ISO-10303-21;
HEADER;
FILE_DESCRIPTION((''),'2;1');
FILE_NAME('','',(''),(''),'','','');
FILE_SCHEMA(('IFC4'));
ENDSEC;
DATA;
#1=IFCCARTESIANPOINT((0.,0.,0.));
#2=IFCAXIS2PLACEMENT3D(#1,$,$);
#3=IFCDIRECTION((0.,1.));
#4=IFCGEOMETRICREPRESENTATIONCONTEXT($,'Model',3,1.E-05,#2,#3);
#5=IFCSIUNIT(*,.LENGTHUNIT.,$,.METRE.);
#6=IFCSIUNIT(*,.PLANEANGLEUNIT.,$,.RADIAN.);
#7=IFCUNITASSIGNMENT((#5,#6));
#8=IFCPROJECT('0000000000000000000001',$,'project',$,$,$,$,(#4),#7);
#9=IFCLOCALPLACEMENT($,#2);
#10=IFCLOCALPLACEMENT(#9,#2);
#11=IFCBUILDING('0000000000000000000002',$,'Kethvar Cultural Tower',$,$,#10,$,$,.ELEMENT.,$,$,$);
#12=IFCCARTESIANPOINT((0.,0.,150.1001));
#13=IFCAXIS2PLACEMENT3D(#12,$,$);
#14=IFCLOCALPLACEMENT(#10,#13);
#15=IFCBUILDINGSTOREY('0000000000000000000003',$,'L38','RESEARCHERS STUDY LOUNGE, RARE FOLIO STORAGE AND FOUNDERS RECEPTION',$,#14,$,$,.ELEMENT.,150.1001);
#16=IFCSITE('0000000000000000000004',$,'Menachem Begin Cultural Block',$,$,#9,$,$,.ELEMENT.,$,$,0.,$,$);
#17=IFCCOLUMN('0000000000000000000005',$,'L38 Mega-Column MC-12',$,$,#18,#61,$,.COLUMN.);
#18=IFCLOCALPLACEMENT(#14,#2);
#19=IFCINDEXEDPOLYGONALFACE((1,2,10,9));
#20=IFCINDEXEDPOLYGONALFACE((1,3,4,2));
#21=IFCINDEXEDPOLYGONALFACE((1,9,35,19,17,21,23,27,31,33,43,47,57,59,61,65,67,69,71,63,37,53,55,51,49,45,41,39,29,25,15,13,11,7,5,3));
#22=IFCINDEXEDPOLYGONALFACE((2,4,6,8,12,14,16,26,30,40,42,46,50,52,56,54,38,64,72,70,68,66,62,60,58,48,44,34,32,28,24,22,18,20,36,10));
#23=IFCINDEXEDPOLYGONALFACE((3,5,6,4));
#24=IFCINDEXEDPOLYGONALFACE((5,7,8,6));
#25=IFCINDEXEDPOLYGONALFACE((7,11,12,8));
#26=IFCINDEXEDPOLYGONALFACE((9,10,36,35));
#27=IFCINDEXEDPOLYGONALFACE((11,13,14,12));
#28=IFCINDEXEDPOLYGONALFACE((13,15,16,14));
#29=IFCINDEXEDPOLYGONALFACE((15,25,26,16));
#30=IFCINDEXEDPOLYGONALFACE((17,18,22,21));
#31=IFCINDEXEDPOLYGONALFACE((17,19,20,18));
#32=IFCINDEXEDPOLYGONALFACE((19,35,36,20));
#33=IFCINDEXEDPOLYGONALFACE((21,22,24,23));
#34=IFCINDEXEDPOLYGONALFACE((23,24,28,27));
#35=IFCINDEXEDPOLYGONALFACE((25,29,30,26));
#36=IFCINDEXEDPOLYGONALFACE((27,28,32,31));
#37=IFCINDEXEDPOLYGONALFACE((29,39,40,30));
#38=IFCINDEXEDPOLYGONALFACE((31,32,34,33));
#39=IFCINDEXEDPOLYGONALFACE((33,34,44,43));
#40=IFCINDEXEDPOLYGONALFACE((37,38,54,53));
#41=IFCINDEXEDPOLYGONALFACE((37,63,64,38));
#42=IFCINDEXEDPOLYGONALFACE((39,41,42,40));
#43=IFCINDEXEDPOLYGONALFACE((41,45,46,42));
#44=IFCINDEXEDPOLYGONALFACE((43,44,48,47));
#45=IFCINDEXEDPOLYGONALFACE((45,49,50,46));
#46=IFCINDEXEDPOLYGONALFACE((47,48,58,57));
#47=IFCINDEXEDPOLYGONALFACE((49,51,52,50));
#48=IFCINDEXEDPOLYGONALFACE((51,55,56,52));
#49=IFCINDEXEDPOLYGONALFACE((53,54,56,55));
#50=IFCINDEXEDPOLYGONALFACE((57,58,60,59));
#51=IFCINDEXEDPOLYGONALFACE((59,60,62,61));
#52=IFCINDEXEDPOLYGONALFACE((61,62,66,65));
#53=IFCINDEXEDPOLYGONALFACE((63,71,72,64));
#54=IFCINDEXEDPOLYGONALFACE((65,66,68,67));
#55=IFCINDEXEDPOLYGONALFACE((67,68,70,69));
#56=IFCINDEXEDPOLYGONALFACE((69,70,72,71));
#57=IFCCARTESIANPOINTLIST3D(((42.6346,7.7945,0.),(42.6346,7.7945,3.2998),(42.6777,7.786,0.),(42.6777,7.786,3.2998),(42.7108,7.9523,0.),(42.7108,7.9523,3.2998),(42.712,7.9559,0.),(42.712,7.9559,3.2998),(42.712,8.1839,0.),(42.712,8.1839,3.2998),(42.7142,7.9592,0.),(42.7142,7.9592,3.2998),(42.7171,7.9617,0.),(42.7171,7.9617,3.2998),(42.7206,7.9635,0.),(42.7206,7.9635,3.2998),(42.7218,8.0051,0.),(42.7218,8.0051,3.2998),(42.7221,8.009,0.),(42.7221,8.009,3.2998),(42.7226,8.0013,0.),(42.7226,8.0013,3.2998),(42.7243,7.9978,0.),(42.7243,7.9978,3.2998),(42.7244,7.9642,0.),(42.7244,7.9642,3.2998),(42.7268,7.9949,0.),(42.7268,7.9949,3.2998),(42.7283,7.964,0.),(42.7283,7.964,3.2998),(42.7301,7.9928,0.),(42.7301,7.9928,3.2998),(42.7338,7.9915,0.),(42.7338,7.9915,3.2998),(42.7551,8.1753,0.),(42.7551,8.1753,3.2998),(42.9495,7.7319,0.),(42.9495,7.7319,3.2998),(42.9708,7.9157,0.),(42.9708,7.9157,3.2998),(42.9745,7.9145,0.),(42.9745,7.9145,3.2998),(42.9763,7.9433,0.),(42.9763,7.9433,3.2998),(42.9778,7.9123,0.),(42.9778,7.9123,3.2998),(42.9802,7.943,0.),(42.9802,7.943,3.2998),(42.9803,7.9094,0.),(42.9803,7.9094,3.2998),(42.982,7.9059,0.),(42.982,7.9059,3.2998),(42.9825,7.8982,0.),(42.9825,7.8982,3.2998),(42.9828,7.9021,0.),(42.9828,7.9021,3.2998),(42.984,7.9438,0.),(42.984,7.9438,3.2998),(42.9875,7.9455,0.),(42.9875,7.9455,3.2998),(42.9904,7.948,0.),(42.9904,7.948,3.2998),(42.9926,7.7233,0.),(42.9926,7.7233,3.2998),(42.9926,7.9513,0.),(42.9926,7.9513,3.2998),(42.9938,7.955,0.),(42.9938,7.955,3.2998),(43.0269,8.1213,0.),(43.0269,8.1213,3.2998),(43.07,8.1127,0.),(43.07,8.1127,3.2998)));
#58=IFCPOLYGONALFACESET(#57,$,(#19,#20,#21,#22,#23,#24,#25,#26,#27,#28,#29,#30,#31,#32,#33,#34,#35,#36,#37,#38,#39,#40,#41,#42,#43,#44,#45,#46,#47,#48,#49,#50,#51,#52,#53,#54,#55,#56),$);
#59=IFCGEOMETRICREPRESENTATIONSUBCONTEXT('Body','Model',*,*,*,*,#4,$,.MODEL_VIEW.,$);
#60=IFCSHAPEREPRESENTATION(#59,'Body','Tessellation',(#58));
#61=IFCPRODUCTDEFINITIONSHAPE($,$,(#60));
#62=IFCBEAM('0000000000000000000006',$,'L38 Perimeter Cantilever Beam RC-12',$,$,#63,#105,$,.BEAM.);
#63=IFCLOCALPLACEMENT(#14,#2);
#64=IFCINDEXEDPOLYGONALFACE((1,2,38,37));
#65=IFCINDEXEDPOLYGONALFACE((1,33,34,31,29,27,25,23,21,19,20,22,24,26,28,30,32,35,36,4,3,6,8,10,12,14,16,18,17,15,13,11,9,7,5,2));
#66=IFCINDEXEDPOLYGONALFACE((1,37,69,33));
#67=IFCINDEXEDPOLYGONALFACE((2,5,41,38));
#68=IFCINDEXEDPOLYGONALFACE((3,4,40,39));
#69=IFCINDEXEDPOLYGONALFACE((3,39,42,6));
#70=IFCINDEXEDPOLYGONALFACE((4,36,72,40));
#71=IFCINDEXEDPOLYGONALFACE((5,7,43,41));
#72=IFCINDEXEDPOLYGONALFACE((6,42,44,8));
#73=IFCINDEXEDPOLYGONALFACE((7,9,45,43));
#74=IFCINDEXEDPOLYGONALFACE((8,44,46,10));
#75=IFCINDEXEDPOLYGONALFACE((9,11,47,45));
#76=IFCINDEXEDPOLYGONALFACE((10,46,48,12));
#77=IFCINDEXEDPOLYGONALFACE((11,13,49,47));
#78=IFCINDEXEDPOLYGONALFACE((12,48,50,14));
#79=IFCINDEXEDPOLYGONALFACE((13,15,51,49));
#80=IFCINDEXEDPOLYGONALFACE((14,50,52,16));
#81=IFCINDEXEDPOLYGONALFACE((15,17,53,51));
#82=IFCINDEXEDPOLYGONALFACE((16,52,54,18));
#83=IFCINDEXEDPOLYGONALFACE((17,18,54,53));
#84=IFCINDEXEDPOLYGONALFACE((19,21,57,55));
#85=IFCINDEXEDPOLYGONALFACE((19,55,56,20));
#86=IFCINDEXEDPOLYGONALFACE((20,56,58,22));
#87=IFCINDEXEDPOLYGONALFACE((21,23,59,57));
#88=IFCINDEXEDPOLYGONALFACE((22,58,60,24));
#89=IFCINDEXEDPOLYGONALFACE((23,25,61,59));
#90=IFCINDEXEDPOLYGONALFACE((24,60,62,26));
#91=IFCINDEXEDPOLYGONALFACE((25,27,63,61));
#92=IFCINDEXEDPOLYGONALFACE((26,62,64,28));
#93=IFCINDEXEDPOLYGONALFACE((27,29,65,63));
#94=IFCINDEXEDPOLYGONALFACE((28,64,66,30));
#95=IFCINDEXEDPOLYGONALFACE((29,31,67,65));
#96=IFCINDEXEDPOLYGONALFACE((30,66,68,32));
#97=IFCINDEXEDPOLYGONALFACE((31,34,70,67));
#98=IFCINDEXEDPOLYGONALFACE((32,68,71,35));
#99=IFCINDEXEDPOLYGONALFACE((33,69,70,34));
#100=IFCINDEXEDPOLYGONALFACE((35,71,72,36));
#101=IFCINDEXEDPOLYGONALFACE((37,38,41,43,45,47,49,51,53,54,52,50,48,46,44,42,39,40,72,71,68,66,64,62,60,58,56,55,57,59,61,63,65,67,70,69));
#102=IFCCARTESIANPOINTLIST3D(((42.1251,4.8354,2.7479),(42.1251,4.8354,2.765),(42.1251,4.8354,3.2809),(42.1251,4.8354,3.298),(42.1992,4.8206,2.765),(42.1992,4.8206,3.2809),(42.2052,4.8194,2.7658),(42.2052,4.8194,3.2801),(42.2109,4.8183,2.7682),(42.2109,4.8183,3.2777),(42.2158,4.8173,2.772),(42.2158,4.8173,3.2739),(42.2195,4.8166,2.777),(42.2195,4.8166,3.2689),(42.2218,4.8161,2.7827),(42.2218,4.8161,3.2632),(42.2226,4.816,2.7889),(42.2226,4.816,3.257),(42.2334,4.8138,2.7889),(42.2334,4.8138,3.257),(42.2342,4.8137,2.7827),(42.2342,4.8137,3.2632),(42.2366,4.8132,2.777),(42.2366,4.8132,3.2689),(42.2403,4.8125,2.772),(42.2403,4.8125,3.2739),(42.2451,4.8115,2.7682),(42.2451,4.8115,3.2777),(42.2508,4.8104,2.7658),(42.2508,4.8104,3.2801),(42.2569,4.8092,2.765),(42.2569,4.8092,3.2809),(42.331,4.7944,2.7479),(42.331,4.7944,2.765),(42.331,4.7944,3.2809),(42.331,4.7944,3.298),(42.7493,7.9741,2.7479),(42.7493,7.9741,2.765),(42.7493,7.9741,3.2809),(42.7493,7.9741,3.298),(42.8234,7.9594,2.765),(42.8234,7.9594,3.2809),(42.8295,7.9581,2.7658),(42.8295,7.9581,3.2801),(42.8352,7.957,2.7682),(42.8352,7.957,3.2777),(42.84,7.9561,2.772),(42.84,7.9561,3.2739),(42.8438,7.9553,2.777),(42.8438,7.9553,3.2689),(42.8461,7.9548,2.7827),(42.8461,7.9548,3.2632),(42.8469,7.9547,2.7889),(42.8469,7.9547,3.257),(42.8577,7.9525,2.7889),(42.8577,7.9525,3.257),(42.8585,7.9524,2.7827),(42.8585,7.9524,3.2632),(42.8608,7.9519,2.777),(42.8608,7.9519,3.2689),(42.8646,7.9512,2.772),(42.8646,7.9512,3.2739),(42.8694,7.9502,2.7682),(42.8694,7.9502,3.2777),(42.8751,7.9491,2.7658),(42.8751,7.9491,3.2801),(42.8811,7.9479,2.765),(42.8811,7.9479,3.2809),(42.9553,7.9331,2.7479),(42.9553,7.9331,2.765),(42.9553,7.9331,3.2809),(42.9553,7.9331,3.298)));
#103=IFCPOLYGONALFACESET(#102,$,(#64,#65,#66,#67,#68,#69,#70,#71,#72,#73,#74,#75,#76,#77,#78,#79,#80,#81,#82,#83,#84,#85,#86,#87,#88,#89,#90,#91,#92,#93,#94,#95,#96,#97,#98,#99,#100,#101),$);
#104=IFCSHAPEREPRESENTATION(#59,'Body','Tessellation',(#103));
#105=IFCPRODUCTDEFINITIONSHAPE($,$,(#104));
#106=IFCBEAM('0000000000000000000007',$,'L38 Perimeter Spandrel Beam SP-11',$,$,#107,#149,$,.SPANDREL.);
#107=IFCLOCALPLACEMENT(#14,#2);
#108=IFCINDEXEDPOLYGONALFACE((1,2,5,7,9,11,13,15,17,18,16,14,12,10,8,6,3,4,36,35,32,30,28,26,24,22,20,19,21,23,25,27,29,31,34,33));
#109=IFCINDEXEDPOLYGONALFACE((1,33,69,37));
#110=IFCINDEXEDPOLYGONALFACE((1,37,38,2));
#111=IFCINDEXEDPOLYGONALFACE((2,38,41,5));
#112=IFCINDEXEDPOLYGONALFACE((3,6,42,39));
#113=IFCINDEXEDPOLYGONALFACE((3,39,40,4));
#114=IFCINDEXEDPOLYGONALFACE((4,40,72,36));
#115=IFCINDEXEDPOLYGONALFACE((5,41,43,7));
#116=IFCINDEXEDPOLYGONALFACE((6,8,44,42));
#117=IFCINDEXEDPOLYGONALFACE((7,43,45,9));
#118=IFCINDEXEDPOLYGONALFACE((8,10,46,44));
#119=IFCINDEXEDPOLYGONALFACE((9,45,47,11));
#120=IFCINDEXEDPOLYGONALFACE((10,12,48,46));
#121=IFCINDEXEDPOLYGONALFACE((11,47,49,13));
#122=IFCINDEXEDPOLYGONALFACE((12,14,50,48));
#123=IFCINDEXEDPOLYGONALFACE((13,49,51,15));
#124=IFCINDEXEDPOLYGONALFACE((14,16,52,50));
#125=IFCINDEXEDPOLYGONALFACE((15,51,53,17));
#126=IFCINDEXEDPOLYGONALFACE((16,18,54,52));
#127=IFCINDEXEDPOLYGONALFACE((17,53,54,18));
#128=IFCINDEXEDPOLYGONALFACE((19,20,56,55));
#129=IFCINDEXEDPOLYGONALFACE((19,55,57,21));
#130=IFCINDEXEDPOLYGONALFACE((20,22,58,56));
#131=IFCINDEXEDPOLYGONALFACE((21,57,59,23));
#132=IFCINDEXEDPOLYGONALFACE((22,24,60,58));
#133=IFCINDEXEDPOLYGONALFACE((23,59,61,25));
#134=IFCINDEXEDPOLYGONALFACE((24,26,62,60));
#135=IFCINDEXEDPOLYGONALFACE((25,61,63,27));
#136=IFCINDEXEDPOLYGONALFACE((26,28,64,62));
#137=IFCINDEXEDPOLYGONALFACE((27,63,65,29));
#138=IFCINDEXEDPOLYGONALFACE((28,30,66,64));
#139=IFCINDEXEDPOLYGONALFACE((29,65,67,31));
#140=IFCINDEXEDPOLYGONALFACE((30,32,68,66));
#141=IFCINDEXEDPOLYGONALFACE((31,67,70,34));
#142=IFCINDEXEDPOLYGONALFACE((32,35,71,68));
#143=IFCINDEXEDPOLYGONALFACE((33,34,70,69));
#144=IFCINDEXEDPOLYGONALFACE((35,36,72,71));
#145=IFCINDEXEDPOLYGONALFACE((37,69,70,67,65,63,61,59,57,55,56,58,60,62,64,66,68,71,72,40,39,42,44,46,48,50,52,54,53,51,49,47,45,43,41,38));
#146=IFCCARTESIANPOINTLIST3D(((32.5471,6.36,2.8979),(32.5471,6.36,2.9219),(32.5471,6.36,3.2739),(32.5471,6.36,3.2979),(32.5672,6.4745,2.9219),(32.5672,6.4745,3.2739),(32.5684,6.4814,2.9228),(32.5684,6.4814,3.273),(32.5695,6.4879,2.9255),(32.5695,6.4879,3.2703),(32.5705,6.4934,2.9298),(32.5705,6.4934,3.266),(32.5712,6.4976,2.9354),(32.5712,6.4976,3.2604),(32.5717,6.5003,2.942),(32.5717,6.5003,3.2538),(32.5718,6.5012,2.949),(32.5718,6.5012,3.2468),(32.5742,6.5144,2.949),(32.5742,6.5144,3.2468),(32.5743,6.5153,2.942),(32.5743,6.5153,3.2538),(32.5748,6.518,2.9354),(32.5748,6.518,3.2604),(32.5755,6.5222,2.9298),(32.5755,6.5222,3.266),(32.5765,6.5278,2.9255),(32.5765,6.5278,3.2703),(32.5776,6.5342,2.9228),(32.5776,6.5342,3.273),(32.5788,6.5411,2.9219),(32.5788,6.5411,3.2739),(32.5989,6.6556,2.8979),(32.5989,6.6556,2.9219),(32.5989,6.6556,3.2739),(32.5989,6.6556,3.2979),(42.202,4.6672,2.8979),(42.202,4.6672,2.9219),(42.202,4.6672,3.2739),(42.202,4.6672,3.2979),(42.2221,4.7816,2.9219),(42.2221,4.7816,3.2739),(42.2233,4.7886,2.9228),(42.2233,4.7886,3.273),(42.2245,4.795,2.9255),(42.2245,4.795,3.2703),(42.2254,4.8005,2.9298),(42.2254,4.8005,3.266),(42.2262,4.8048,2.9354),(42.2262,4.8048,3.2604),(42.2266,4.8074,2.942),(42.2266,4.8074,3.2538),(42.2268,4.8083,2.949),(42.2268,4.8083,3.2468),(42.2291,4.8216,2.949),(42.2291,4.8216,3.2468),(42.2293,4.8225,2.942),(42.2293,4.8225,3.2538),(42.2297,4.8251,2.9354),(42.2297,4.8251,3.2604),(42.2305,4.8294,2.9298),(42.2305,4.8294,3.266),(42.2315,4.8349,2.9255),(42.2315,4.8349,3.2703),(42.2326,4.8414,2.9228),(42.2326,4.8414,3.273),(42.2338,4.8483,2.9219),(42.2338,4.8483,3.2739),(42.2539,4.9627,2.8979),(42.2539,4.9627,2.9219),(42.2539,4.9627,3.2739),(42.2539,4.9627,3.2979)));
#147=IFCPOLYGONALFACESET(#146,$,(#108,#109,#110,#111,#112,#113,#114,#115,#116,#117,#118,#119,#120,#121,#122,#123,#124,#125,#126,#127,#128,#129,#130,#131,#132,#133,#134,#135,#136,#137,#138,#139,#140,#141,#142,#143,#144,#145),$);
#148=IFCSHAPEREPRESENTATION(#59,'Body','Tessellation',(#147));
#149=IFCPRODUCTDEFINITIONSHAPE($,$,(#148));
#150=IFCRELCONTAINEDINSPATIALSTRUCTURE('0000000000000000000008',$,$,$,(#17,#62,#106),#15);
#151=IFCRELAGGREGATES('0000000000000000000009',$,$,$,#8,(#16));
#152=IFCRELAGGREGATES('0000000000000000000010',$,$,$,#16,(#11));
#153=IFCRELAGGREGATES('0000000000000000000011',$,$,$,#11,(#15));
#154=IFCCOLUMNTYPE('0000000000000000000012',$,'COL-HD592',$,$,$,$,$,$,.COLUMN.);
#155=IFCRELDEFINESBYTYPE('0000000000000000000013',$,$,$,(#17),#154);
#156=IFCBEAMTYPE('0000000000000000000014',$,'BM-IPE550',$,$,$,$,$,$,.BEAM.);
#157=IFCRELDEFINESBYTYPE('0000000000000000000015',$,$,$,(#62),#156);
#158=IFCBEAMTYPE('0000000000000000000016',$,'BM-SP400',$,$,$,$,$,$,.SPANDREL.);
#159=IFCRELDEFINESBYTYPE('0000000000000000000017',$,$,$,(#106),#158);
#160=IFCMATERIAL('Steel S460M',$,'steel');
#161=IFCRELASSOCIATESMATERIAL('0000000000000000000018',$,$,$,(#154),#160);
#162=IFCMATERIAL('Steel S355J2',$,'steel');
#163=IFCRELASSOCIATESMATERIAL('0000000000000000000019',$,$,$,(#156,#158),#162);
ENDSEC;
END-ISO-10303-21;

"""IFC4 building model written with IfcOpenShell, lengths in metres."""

from ifc_helpers import new_model, si_unit, direction, frame, origin, origin_2d, place, context, subcontext, project, spatial, i_section, extrude, source, transform, mapped, material, material_profile, profile_set, type_object, element, save


model = new_model("IFC4")

# Units and contexts
model_context = context("Model", 3, precision=1e-05, world=origin(), true_north=direction((0.0, 1.0)))
body_context = subcontext(model_context, "Body", "Model", "MODEL_VIEW")
ifc_project = project(units=[si_unit("LENGTHUNIT", "METRE"), si_unit("PLANEANGLEUNIT", "RADIAN")], contexts=[model_context])

# Site, building, storey
site_placement = place(None, origin())
site = spatial("IfcSite", under=ifc_project, at=site_placement, Name="Menachem Begin Cultural Block", CompositionType="ELEMENT", RefElevation=0.0)
building_placement = place(site_placement, origin())
building = spatial("IfcBuilding", under=site, at=building_placement, Name="Kethvar Cultural Tower", CompositionType="ELEMENT")
storey_placement = place(building_placement, frame((0.0, 0.0, 150.1001)))
storey = spatial("IfcBuildingStorey", under=building, at=storey_placement, Name="L38", Description="RESEARCHERS STUDY LOUNGE, RARE FOLIO STORAGE AND FOUNDERS RECEPTION", CompositionType="ELEMENT", Elevation=150.1001)

# Column
ifc_material_1 = material(Name="Steel S460M", Category="steel")
ifc_material_profile_1 = material_profile(ifc_material_1, i_section(OverallWidth=0.397, OverallDepth=0.365, WebThickness=0.0281, FlangeThickness=0.0439, FilletRadius=0.0149, at=origin_2d()), Name="Steel S460M — HD400x592")
ifc_profile_set_1 = profile_set([ifc_material_profile_1], Name="Steel S460M — HD400x592")
column_type = type_object("IfcColumnType", Name="COL-HD592", PredefinedType="COLUMN", material=ifc_profile_set_1)
shared_shape_1 = source(origin(), body_context, "Body", "SweptSolid", [
    extrude(i_section(OverallWidth=0.397, OverallDepth=0.365, WebThickness=0.0281, FlangeThickness=0.0439, FilletRadius=0.0149, at=origin_2d()), origin(), (0.0, 0.0, 1.0), 3.2998),
])
column_placement = place(storey_placement, frame((42.8523, 7.9536, 0.0), z_axis=(0.0, 0.0, 1.0), x_axis=(-0.19509, -0.980785, 0.0)))
element("IfcColumn", 1, at=column_placement, inside=storey, type_object=column_type, Name="L38 Mega-Column MC-12", PredefinedType="COLUMN", context=body_context, shape_type="MappedRepresentation", body=[
    mapped(shared_shape_1, transform((0.0, 0.0, 0.0), scale=1.0)),
])

# Beams
ifc_material_2 = material(Name="Steel S355J2", Category="steel")
ifc_material_profile_2 = material_profile(ifc_material_2, i_section(OverallWidth=0.21, OverallDepth=0.55, WebThickness=0.011, FlangeThickness=0.0171, FilletRadius=0.0239, at=origin_2d()), Name="Steel S355J2 — IPE550")
ifc_profile_set_2 = profile_set([ifc_material_profile_2], Name="Steel S355J2 — IPE550")
beam_type_1 = type_object("IfcBeamType", Name="BM-IPE550", PredefinedType="BEAM", material=ifc_profile_set_2)
shared_shape_2 = source(origin(), body_context, "Body", "SweptSolid", [
    extrude(i_section(OverallWidth=0.21, OverallDepth=0.55, WebThickness=0.011, FlangeThickness=0.0171, FilletRadius=0.0239, at=origin_2d()), origin(), (0.0, 0.0, 1.0), 3.2002),
])
beam_1_placement = place(storey_placement, frame((42.8523, 7.9536, 3.0229), z_axis=(-0.195074, -0.980788, 0.0), x_axis=(0.980788, -0.195074, 0.0)))
element("IfcBeam", 2, at=beam_1_placement, inside=storey, type_object=beam_type_1, Name="L38 Perimeter Cantilever Beam RC-12", PredefinedType="BEAM", context=body_context, shape_type="MappedRepresentation", body=[
    mapped(shared_shape_2, transform((0.0, 0.0, 0.0), scale=1.0)),
])
ifc_material_profile_3 = material_profile(ifc_material_2, i_section(OverallWidth=0.3, OverallDepth=0.3999, WebThickness=0.0134, FlangeThickness=0.0239, FilletRadius=0.0271, at=origin_2d()), Name="Steel S355J2 — HEB400")
ifc_profile_set_3 = profile_set([ifc_material_profile_3], Name="Steel S355J2 — HEB400")
beam_type_2 = type_object("IfcBeamType", Name="BM-SP400", PredefinedType="SPANDREL", material=ifc_profile_set_3)
shared_shape_3 = source(origin(), body_context, "Body", "SweptSolid", [
    extrude(i_section(OverallWidth=0.3, OverallDepth=0.3999, WebThickness=0.0134, FlangeThickness=0.0239, FilletRadius=0.0271, at=origin_2d()), origin(), (0.0, 0.0, 1.0), 9.8022),
])
beam_2_placement = place(storey_placement, frame((32.573, 6.5078, 3.0979), z_axis=(0.984974, -0.172701, 0.0), x_axis=(0.172701, 0.984974, 0.0)))
element("IfcBeam", 3, at=beam_2_placement, inside=storey, type_object=beam_type_2, Name="L38 Perimeter Spandrel Beam SP-11", PredefinedType="SPANDREL", context=body_context, shape_type="MappedRepresentation", body=[
    mapped(shared_shape_3, transform((0.0, 0.0, 0.0), scale=1.0)),
])

save(model, "model.ifc")
